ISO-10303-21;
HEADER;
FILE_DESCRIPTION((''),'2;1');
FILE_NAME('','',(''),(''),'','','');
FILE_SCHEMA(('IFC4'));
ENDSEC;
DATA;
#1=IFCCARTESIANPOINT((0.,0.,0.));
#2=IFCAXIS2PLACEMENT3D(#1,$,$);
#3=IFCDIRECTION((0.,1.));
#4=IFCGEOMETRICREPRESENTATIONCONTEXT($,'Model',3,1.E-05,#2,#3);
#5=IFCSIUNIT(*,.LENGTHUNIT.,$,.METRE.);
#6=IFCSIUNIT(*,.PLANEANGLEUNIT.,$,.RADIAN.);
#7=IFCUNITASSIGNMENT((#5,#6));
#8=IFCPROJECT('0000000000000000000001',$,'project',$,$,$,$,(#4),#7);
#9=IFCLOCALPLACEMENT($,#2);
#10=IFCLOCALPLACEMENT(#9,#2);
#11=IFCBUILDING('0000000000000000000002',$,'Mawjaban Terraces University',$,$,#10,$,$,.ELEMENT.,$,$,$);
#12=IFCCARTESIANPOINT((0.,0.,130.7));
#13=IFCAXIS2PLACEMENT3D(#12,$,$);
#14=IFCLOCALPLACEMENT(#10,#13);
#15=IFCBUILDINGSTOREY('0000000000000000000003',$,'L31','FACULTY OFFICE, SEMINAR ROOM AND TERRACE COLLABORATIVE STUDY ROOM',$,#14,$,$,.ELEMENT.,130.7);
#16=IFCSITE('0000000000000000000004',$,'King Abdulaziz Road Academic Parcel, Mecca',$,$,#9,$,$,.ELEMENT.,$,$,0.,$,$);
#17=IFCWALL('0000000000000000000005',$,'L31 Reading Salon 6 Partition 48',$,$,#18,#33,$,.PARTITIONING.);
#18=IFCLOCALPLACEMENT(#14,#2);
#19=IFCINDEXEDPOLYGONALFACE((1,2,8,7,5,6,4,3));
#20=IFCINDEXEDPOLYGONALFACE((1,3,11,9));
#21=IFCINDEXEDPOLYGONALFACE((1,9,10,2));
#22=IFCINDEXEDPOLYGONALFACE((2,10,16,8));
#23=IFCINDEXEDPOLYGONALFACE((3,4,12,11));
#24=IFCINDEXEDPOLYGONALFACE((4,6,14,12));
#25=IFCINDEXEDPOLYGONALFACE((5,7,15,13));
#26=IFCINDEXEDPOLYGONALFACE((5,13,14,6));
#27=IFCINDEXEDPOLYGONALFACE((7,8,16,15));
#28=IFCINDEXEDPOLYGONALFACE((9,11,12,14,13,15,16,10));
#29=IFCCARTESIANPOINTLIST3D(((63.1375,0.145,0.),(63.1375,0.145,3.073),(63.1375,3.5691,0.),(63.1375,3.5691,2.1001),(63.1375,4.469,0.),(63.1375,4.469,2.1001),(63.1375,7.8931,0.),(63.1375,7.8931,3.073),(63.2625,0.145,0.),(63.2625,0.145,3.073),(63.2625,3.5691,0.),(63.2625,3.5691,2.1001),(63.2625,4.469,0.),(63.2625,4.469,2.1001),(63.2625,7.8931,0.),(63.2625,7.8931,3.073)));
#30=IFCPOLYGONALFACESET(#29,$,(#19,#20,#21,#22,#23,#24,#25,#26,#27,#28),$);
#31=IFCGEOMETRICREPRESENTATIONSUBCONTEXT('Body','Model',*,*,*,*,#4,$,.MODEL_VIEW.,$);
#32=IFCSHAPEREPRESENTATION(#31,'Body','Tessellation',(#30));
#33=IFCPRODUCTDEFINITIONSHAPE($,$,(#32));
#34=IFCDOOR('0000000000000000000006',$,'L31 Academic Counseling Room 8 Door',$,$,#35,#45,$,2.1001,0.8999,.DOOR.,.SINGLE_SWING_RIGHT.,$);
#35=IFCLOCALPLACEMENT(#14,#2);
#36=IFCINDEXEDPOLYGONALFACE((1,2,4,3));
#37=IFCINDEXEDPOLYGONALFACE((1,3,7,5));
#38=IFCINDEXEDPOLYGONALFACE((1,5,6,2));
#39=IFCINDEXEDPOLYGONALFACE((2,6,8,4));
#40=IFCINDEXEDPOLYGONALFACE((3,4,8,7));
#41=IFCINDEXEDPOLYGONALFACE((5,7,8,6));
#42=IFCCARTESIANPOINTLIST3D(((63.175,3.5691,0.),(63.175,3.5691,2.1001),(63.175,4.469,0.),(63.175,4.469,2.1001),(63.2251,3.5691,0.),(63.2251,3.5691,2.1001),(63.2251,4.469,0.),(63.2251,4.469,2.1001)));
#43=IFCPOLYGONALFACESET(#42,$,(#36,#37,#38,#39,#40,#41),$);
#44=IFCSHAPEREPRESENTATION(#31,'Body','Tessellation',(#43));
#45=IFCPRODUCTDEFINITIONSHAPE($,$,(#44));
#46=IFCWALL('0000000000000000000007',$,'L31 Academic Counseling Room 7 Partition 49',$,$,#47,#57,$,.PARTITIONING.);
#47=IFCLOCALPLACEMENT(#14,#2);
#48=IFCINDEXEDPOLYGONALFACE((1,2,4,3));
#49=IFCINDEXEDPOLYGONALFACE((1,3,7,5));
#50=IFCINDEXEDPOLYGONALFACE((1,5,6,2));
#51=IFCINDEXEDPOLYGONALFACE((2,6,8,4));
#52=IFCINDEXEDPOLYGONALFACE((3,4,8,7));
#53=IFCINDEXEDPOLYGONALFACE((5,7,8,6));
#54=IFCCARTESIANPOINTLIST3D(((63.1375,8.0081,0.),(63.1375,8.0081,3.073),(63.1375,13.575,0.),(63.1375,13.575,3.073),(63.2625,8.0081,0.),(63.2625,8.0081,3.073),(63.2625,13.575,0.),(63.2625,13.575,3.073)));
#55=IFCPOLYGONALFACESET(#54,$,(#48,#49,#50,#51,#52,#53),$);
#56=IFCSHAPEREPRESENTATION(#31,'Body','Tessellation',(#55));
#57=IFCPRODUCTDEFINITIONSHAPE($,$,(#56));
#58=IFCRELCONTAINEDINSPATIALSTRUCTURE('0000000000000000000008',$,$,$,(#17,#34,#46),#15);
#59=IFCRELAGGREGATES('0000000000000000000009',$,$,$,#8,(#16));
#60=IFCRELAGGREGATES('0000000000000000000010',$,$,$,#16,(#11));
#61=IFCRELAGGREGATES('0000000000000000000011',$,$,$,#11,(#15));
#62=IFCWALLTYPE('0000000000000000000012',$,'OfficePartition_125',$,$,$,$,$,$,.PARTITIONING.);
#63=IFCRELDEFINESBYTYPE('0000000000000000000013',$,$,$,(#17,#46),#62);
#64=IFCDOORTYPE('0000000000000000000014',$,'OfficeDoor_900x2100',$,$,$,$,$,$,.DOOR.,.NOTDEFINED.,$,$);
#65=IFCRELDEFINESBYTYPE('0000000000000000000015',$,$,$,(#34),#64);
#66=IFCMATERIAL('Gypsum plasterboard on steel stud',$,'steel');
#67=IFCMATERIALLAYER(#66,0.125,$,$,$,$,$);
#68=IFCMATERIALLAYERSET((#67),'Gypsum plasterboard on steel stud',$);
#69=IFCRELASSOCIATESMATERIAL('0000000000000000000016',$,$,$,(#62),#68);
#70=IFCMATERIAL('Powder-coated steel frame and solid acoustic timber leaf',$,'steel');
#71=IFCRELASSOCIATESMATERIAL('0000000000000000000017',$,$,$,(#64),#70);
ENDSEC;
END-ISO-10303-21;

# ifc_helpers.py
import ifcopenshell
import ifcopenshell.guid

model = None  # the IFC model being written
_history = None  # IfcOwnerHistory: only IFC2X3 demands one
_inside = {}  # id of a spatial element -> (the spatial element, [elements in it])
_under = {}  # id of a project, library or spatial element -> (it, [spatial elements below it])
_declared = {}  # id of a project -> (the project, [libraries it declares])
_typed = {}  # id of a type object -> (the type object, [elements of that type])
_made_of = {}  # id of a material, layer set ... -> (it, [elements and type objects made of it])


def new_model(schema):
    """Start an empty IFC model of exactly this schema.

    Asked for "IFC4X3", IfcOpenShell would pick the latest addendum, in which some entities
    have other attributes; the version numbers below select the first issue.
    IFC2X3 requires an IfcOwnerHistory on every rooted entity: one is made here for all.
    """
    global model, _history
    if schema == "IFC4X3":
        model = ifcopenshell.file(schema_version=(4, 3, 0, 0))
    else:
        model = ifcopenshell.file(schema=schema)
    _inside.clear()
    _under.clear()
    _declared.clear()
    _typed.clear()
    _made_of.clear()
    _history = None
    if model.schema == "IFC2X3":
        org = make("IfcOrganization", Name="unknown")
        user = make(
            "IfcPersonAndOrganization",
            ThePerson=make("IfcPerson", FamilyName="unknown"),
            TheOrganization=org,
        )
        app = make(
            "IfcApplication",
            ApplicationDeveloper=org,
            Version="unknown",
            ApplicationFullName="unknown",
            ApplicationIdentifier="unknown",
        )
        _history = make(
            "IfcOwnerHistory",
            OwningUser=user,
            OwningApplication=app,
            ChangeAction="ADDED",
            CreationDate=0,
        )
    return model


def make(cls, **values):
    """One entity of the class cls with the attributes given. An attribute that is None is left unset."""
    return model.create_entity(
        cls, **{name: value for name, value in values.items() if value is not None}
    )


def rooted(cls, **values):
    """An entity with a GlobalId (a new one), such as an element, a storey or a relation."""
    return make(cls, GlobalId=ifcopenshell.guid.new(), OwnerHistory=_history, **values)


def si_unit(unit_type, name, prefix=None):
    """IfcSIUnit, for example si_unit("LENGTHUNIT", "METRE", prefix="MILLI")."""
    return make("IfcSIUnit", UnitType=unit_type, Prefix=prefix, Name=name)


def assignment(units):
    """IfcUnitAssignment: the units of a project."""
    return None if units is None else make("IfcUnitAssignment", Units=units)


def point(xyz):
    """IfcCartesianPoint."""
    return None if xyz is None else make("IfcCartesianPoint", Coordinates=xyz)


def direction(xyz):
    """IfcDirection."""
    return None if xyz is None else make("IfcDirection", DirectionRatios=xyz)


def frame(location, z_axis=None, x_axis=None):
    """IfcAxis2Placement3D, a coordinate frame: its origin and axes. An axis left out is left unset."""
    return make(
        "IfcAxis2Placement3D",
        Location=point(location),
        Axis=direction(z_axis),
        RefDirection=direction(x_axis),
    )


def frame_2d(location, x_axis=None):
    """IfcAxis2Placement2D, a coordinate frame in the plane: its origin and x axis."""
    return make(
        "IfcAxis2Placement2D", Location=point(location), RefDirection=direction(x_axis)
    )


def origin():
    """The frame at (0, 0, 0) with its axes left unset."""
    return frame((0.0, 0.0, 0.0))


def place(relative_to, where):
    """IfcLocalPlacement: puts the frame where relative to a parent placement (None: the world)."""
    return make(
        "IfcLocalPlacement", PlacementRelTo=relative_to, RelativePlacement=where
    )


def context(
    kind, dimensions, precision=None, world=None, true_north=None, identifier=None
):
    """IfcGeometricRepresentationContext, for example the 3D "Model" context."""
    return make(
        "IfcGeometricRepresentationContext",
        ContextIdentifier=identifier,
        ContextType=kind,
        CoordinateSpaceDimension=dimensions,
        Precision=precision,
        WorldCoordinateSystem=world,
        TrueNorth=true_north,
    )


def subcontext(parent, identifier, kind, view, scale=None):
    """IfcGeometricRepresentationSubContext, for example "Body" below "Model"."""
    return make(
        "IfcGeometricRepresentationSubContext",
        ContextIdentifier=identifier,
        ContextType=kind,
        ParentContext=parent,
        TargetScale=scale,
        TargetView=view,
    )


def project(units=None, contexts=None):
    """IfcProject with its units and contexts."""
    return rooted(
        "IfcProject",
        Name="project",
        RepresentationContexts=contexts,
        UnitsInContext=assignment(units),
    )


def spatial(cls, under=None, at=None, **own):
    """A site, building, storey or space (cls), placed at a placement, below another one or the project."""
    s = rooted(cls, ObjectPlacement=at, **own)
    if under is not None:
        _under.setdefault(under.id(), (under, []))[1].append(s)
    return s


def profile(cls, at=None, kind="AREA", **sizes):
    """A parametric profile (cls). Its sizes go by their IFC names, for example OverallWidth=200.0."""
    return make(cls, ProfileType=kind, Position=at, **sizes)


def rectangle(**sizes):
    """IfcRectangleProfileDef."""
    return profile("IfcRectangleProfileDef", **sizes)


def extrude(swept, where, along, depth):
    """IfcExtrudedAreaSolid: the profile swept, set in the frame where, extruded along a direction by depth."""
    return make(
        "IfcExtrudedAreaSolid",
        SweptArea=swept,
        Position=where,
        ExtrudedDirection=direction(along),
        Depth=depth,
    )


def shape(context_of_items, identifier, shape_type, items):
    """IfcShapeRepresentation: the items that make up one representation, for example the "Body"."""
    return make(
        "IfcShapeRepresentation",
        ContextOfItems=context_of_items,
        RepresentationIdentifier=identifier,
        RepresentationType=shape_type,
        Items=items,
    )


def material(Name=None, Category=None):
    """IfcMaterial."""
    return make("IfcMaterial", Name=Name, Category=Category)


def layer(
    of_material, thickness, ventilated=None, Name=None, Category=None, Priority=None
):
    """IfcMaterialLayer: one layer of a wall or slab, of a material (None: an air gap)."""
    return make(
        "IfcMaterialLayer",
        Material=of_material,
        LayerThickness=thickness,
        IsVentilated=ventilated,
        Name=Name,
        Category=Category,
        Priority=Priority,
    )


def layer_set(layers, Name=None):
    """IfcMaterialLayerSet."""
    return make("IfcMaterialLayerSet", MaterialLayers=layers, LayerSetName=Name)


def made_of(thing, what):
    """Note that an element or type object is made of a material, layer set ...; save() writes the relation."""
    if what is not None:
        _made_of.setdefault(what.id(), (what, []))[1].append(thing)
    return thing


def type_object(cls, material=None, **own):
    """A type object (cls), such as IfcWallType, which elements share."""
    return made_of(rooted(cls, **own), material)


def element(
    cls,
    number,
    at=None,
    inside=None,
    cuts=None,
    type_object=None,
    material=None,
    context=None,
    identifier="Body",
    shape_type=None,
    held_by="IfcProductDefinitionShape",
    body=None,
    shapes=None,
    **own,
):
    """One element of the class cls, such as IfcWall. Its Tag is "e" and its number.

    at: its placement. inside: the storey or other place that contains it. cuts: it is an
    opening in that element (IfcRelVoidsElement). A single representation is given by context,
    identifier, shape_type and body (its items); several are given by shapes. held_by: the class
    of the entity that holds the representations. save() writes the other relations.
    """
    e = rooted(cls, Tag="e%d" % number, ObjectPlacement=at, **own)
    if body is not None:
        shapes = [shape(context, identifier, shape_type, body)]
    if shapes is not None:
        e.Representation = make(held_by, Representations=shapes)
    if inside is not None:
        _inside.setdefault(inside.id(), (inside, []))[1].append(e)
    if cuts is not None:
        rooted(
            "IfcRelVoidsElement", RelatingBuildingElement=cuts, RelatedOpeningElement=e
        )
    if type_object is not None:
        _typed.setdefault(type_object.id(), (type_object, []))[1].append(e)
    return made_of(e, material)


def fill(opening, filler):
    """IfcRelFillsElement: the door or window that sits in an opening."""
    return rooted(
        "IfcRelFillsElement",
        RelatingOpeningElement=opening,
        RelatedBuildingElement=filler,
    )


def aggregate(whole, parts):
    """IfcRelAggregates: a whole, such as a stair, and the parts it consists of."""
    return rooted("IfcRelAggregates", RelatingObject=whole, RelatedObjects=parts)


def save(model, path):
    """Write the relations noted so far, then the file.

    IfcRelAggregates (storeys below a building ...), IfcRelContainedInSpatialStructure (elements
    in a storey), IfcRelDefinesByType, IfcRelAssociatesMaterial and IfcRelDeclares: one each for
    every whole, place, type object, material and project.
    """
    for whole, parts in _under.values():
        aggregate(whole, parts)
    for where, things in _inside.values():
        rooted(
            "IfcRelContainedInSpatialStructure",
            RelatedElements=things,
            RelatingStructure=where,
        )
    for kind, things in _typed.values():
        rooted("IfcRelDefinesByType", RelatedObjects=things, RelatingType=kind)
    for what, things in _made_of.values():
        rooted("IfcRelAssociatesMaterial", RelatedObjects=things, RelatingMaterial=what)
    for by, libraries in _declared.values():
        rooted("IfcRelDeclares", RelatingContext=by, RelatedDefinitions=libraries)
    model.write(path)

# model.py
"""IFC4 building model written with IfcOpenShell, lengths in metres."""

from ifc_helpers import new_model, si_unit, direction, frame, frame_2d, origin, place, context, subcontext, project, spatial, rectangle, extrude, material, layer, layer_set, type_object, element, fill, save


model = new_model("IFC4")

# Units and contexts
model_context = context("Model", 3, precision=1e-05, world=origin(), true_north=direction((0.0, 1.0)))
body_context = subcontext(model_context, "Body", "Model", "MODEL_VIEW")
ifc_project = project(units=[si_unit("LENGTHUNIT", "METRE"), si_unit("PLANEANGLEUNIT", "RADIAN")], contexts=[model_context])

# Site, building, storey
site_placement = place(None, origin())
site = spatial("IfcSite", under=ifc_project, at=site_placement, Name="King Abdulaziz Road Academic Parcel, Mecca", CompositionType="ELEMENT", RefElevation=0.0)
building_placement = place(site_placement, origin())
building = spatial("IfcBuilding", under=site, at=building_placement, Name="Mawjaban Terraces University", CompositionType="ELEMENT")
storey_placement = place(building_placement, frame((0.0, 0.0, 130.7)))
storey = spatial("IfcBuildingStorey", under=building, at=storey_placement, Name="L31", Description="FACULTY OFFICE, SEMINAR ROOM AND TERRACE COLLABORATIVE STUDY ROOM", CompositionType="ELEMENT", Elevation=130.7)

# Shared definitions
ifc_material_1 = material(Name="Powder-coated steel frame and solid acoustic timber leaf", Category="steel")

# Shared definitions
ifc_material_2 = material(Name="Gypsum plasterboard on steel stud", Category="steel")
ifc_layer_1 = layer(ifc_material_2, 0.125)
ifc_layer_set_1 = layer_set([ifc_layer_1], Name="Gypsum plasterboard on steel stud")
wall_type_1 = type_object("IfcWallType", Name="OfficePartition_125", PredefinedType="PARTITIONING", material=ifc_layer_set_1)

# Wall, opening, door
wall_1_placement = place(storey_placement, frame((63.2, 0.145, 0.0), z_axis=(0.0, 0.0, 1.0), x_axis=(0.0, 1.0, 0.0)))
wall_1 = element("IfcWall", 1, at=wall_1_placement, inside=storey, type_object=wall_type_1, Name="L31 Reading Salon 6 Partition 48", PredefinedType="PARTITIONING", context=body_context, shape_type="SweptSolid", body=[
    extrude(rectangle(XDim=7.748, YDim=0.125, at=frame_2d((3.874, 0.0))), origin(), (0.0, 0.0, 1.0), 3.073),
])
opening_1_placement = place(wall_1_placement, frame((3.4241, 0.0, 0.0)))
opening_1 = element("IfcOpeningElement", 2, at=opening_1_placement, cuts=wall_1, PredefinedType="OPENING", context=body_context, shape_type="SweptSolid", body=[
    extrude(rectangle(XDim=0.8999, YDim=2.1001, at=frame_2d((0.45, 1.05))), frame((0.0, 0.0725, 0.0), z_axis=(0.0, -1.0, 0.0), x_axis=(1.0, 0.0, 0.0)), (0.0, 0.0, 1.0), 0.145),
])
door_type_1 = type_object("IfcDoorType", Name="OfficeDoor_900x2100", OperationType="NOTDEFINED", PredefinedType="DOOR", material=ifc_material_1)
door_1_placement = place(opening_1_placement, origin())
door_1 = element("IfcDoor", 3, at=door_1_placement, inside=storey, type_object=door_type_1, Name="L31 Academic Counseling Room 8 Door", OperationType="SINGLE_SWING_RIGHT", OverallHeight=2.1001, OverallWidth=0.8999, PredefinedType="DOOR", context=body_context, shape_type="SweptSolid", body=[
    extrude(rectangle(XDim=0.8999, YDim=2.1001, at=frame_2d((0.45, 1.05))), frame((0.0, 0.0249, 0.0), z_axis=(0.0, -1.0, 0.0), x_axis=(1.0, 0.0, 0.0)), (0.0, 0.0, 1.0), 0.05),
])
fill(opening_1, door_1)

# Wall
wall_2_placement = place(storey_placement, frame((63.2, 8.0081, 0.0), z_axis=(0.0, 0.0, 1.0), x_axis=(0.0, 1.0, 0.0)))
element("IfcWall", 4, at=wall_2_placement, inside=storey, type_object=wall_type_1, Name="L31 Academic Counseling Room 7 Partition 49", PredefinedType="PARTITIONING", context=body_context, shape_type="SweptSolid", body=[
    extrude(rectangle(XDim=5.5669, YDim=0.125, at=frame_2d((2.7834, 0.0))), origin(), (0.0, 0.0, 1.0), 3.073),
])

save(model, "model.ifc")
